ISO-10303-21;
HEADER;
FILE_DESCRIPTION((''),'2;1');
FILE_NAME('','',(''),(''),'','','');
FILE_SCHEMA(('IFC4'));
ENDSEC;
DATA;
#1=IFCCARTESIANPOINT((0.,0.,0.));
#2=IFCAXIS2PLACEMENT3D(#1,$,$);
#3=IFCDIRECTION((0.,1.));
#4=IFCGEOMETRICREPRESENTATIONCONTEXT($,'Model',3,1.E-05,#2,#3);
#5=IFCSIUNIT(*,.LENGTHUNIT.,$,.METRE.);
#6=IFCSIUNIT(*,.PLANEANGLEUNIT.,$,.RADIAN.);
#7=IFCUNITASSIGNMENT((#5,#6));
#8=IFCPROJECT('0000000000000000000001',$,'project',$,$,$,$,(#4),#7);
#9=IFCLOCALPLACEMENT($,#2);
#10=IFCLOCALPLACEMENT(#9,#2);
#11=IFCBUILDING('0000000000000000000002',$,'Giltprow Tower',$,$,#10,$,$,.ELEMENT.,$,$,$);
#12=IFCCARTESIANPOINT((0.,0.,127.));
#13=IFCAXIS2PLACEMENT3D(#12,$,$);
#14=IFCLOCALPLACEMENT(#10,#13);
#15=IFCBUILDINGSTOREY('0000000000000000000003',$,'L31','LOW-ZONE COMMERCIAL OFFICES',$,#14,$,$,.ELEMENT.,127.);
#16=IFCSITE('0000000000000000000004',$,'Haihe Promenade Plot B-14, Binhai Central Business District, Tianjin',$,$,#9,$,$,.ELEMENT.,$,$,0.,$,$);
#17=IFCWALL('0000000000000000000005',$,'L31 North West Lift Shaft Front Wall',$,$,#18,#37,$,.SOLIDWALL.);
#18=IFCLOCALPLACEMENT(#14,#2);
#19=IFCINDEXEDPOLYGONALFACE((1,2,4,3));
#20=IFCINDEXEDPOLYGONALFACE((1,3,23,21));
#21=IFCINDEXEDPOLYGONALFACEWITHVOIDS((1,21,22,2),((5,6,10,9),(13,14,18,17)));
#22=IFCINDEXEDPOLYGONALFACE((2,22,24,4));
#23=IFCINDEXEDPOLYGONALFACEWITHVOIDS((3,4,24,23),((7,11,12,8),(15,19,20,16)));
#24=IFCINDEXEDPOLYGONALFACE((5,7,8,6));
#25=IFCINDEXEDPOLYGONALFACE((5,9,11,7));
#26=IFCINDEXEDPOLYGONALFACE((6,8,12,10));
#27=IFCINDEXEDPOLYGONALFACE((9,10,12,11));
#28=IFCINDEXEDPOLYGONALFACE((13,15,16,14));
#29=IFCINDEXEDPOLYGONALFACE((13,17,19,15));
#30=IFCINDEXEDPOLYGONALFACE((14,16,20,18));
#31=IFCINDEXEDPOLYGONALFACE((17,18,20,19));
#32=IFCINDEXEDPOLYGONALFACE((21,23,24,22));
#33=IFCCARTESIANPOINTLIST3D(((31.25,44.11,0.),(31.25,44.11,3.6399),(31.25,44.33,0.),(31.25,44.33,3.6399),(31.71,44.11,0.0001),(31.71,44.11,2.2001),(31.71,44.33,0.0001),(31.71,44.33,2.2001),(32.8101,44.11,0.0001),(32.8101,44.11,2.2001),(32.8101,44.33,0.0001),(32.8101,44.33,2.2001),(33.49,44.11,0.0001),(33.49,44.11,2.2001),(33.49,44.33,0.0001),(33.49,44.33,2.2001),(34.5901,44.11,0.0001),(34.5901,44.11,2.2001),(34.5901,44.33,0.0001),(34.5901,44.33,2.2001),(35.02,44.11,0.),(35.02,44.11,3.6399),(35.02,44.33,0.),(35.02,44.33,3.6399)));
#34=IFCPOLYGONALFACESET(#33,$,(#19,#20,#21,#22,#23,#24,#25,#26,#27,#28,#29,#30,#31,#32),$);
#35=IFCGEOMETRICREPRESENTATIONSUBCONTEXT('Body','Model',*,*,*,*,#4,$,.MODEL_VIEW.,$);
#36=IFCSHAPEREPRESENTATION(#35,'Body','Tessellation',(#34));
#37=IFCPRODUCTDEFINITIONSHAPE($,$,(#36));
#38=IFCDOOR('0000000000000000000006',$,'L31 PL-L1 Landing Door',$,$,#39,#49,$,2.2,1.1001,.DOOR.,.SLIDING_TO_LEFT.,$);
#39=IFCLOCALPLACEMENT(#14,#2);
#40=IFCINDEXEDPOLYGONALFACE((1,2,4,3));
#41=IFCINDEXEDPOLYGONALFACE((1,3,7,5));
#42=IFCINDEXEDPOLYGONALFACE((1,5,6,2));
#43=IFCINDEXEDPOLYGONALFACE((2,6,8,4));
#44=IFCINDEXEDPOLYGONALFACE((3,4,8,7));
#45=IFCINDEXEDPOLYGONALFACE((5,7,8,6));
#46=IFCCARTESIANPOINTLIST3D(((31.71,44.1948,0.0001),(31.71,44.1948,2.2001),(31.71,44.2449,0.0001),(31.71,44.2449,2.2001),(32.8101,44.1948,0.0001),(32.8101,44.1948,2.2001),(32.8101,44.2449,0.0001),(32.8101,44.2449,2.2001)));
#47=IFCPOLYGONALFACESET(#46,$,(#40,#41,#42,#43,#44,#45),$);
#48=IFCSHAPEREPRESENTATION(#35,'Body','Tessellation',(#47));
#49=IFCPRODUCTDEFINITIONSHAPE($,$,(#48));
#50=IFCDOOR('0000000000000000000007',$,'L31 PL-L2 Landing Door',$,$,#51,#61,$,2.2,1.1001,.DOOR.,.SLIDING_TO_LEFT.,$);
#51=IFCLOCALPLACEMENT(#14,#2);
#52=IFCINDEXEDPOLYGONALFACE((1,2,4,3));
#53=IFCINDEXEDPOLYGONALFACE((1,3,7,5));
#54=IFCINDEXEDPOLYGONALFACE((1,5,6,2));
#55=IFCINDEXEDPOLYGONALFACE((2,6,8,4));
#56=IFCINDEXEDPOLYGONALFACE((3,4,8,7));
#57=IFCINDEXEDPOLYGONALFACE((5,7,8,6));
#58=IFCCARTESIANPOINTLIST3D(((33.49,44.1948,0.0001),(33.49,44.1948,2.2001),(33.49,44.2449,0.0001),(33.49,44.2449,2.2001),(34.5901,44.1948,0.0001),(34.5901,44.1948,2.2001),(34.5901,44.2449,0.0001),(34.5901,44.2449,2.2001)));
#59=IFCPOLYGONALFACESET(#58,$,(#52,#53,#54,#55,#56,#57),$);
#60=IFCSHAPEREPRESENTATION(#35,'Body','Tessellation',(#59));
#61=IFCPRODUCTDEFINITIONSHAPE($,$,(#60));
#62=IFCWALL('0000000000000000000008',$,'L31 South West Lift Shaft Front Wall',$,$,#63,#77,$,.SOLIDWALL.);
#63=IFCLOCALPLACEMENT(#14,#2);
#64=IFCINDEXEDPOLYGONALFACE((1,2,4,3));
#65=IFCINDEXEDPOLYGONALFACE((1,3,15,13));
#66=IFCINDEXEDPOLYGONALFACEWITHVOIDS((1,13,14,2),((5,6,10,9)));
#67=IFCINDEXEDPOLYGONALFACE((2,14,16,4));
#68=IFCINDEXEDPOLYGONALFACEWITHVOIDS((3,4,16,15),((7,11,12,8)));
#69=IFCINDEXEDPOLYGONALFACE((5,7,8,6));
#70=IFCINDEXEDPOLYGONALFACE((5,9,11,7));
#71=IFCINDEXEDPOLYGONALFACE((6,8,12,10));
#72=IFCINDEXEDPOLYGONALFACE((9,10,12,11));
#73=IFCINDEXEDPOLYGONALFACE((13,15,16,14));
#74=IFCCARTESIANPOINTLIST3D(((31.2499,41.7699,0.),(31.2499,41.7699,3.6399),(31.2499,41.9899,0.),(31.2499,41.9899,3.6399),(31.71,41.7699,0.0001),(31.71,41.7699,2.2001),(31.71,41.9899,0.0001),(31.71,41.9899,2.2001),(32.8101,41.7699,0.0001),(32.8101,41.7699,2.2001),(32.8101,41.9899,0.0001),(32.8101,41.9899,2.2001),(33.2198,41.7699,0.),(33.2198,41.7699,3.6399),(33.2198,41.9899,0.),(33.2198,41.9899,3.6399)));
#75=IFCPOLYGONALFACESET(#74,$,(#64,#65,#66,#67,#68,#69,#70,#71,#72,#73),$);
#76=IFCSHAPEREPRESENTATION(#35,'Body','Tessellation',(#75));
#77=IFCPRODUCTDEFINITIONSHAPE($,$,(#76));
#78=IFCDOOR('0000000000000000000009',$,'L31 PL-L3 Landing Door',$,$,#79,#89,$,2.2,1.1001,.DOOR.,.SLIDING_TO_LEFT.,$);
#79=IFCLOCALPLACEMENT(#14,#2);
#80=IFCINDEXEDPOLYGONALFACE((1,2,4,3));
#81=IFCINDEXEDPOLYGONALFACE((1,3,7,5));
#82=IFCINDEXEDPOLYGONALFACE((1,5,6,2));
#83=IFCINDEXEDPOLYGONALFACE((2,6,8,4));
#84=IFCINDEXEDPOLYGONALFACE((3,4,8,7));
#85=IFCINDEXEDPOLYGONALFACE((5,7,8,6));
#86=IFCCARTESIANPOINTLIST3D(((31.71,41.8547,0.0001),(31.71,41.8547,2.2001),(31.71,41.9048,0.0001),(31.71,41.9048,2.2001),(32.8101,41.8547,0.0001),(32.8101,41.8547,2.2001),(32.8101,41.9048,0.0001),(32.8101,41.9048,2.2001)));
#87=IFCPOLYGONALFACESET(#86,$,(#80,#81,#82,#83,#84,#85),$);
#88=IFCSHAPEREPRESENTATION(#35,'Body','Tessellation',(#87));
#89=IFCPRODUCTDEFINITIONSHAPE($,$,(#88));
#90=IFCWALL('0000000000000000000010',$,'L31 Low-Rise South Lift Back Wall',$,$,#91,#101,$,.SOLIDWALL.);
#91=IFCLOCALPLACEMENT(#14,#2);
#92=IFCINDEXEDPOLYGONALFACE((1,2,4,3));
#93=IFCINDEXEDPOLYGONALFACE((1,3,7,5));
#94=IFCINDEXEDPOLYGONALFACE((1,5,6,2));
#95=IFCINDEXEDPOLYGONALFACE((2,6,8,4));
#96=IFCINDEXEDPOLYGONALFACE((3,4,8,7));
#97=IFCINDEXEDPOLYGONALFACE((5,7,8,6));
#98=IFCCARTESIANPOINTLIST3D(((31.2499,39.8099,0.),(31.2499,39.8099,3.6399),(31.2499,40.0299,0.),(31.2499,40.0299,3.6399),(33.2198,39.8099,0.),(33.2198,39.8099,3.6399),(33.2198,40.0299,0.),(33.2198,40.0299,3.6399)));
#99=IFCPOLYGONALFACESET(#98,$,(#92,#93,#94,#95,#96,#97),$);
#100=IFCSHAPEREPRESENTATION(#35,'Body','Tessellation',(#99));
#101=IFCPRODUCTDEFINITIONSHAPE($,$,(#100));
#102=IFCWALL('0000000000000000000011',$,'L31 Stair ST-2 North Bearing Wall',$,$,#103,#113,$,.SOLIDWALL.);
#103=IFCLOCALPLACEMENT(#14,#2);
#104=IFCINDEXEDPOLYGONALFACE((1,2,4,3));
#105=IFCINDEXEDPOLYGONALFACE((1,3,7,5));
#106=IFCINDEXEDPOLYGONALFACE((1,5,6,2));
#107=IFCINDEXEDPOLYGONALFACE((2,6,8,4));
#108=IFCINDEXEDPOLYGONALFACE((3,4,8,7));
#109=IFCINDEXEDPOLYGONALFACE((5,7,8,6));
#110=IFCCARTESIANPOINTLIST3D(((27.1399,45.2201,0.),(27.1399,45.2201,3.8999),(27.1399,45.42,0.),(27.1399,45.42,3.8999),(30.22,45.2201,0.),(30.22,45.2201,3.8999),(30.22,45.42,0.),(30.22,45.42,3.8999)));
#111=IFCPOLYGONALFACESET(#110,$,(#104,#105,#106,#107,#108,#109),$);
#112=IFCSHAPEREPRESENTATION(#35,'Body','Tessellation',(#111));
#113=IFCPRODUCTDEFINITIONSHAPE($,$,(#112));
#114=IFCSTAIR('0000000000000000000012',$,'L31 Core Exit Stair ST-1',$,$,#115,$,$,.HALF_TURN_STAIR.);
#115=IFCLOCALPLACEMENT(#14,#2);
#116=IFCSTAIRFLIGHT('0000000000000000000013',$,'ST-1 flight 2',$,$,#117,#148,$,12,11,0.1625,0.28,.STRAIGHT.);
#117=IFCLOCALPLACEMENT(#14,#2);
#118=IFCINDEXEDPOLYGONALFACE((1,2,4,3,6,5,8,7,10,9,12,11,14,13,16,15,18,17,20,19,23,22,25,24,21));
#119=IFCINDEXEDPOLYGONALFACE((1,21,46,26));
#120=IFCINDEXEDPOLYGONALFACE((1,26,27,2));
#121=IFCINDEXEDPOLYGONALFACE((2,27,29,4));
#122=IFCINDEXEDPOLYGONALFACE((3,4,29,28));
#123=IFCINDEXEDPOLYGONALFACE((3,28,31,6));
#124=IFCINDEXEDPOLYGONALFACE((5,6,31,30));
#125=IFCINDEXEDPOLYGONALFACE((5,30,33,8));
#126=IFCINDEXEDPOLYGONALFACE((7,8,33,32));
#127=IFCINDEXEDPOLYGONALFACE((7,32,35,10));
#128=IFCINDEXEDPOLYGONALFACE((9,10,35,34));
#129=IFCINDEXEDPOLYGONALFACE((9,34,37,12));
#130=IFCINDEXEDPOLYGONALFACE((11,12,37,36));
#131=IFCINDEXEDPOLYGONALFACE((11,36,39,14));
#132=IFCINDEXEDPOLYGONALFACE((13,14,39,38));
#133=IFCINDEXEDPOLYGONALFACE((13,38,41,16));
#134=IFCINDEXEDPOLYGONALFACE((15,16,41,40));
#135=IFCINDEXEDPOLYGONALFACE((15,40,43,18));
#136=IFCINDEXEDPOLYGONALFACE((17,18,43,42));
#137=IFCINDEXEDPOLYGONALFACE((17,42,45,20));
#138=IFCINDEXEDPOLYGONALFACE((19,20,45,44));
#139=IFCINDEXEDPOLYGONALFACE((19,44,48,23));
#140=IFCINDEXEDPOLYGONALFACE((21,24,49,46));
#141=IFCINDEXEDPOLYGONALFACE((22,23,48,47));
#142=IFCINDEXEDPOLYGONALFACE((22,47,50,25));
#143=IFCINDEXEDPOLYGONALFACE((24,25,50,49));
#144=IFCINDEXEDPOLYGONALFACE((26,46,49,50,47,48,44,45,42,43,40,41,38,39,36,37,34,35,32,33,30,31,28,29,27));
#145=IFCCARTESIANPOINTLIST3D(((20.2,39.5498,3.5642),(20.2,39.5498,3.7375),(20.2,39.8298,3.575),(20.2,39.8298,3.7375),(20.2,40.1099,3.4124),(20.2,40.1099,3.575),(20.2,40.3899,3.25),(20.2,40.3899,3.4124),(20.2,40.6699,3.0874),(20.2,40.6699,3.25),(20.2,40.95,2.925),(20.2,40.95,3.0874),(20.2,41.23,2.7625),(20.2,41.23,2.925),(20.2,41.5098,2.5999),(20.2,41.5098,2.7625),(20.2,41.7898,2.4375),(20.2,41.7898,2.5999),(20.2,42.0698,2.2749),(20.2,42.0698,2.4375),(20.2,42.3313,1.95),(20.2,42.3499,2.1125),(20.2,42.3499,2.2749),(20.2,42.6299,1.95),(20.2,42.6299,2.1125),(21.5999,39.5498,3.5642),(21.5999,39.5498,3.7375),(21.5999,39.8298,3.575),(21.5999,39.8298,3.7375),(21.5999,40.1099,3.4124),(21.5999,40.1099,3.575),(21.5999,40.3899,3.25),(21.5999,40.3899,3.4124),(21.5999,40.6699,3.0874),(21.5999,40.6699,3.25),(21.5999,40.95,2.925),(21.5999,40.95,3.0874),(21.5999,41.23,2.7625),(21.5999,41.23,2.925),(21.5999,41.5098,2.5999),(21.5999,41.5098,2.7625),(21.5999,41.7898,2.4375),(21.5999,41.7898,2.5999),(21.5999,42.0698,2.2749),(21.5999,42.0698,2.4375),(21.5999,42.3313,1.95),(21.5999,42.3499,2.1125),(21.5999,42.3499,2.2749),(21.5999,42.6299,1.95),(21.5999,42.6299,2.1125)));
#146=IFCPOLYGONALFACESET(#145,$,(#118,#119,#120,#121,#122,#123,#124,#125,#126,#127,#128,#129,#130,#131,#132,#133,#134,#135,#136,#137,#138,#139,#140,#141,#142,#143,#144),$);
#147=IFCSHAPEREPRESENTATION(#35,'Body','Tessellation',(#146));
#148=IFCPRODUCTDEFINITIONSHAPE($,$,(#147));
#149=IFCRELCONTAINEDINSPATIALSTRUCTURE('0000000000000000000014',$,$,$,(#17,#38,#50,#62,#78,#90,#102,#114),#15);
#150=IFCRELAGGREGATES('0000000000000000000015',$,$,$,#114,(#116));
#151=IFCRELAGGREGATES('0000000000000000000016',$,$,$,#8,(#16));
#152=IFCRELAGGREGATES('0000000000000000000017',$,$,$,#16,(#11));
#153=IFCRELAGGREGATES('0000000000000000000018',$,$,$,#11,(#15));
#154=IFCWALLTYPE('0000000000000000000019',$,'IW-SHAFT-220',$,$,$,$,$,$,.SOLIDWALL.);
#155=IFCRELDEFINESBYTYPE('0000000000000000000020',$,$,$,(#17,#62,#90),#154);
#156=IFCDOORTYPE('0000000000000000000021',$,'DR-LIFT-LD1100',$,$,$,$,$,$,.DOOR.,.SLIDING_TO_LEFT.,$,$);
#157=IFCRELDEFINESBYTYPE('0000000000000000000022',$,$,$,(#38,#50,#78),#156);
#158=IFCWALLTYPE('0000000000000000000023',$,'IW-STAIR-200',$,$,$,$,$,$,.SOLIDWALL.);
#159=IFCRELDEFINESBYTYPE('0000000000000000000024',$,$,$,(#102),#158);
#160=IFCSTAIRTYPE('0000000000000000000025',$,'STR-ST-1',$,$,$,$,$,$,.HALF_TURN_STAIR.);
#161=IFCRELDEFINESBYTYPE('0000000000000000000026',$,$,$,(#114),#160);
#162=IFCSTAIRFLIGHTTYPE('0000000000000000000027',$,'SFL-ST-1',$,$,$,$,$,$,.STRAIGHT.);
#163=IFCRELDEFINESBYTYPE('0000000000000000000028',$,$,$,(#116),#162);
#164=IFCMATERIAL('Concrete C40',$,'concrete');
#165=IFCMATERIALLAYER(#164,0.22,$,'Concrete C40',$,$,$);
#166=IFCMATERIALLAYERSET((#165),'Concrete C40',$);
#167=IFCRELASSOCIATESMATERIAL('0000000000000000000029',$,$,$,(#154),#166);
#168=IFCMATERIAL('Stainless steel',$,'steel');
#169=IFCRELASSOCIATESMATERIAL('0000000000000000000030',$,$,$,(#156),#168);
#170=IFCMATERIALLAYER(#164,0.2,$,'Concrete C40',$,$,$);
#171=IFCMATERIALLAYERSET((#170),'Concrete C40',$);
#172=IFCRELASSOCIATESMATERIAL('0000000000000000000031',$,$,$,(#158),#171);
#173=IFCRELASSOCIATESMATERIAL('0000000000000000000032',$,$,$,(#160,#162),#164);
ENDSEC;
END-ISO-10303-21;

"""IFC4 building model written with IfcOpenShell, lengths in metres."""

from ifc_helpers import new_model, si_unit, direction, frame, frame_2d, origin, place, context, subcontext, project, spatial, polyline, rectangle, outline, extrude, source, transform, mapped, material, layer, layer_set, type_object, element, fill, aggregate, save


model = new_model("IFC4")

# Units and contexts
model_context = context("Model", 3, precision=1e-05, world=origin(), true_north=direction((0.0, 1.0)))
body_context = subcontext(model_context, "Body", "Model", "MODEL_VIEW")
ifc_project = project(units=[si_unit("LENGTHUNIT", "METRE"), si_unit("PLANEANGLEUNIT", "RADIAN")], contexts=[model_context])

# Site, building, storey
site_placement = place(None, origin())
site = spatial("IfcSite", under=ifc_project, at=site_placement, Name="Haihe Promenade Plot B-14, Binhai Central Business District, Tianjin", CompositionType="ELEMENT", RefElevation=0.0)
building_placement = place(site_placement, origin())
building = spatial("IfcBuilding", under=site, at=building_placement, Name="Giltprow Tower", CompositionType="ELEMENT")
storey_placement = place(building_placement, frame((0.0, 0.0, 127.0)))
storey = spatial("IfcBuildingStorey", under=building, at=storey_placement, Name="L31", Description="LOW-ZONE COMMERCIAL OFFICES", CompositionType="ELEMENT", Elevation=127.0)

# Shared definitions
ifc_material_1 = material(Name="Concrete C40", Category="concrete")
ifc_layer_1 = layer(ifc_material_1, 0.22, Name="Concrete C40")
ifc_layer_set_1 = layer_set([ifc_layer_1], Name="Concrete C40")
wall_type_1 = type_object("IfcWallType", Name="IW-SHAFT-220", PredefinedType="SOLIDWALL", material=ifc_layer_set_1)
ifc_material_2 = material(Name="Stainless steel", Category="steel")
door_type = type_object("IfcDoorType", Name="DR-LIFT-LD1100", OperationType="SLIDING_TO_LEFT", PredefinedType="DOOR", material=ifc_material_2)
shared_shape_1 = source(origin(), body_context, "Body", "SweptSolid", [
    extrude(rectangle(XDim=1.1001, YDim=2.2, at=frame_2d((0.55, 1.1001))), frame((0.0, 0.0249, 0.0), z_axis=(0.0, -1.0, 0.0), x_axis=(1.0, 0.0, 0.0)), (0.0, 0.0, 1.0), 0.05),
])

# Wall, openings, doors
wall_1_placement = place(storey_placement, frame((31.25, 44.22, 0.0), z_axis=(0.0, 0.0, 1.0), x_axis=(1.0, 0.0, 0.0)))
wall_1 = element("IfcWall", 1, at=wall_1_placement, inside=storey, type_object=wall_type_1, Name="L31 North West Lift Shaft Front Wall", PredefinedType="SOLIDWALL", context=body_context, shape_type="SweptSolid", body=[
    extrude(rectangle(XDim=3.77, YDim=0.22, at=frame_2d((1.885, 0.0))), origin(), (0.0, 0.0, 1.0), 3.6399),
])
opening_1_placement = place(wall_1_placement, frame((0.46, 0.0, 0.0)))
opening_1 = element("IfcOpeningElement", 2, at=opening_1_placement, cuts=wall_1, PredefinedType="OPENING", context=body_context, shape_type="SweptSolid", body=[
    extrude(rectangle(XDim=1.1001, YDim=2.2, at=frame_2d((0.55, 1.1001))), frame((0.0, 0.1199, 0.0), z_axis=(0.0, -1.0, 0.0), x_axis=(1.0, 0.0, 0.0)), (0.0, 0.0, 1.0), 0.24),
])
opening_2_placement = place(wall_1_placement, frame((2.24, 0.0, 0.0)))
opening_2 = element("IfcOpeningElement", 3, at=opening_2_placement, cuts=wall_1, PredefinedType="OPENING", context=body_context, shape_type="SweptSolid", body=[
    extrude(rectangle(XDim=1.1001, YDim=2.2, at=frame_2d((0.55, 1.1001))), frame((0.0, 0.1199, 0.0), z_axis=(0.0, -1.0, 0.0), x_axis=(1.0, 0.0, 0.0)), (0.0, 0.0, 1.0), 0.24),
])
door_1_placement = place(opening_1_placement, origin())
door_1 = element("IfcDoor", 4, at=door_1_placement, inside=storey, type_object=door_type, Name="L31 PL-L1 Landing Door", OperationType="SLIDING_TO_LEFT", OverallHeight=2.2, OverallWidth=1.1001, PredefinedType="DOOR", context=body_context, shape_type="MappedRepresentation", body=[
    mapped(shared_shape_1, transform((0.0, 0.0, 0.0), x_axis=(1.0, 0.0, 0.0), y_axis=(0.0, 1.0, 0.0), z_axis=(0.0, 0.0, 1.0), scale=1.0)),
])
fill(opening_1, door_1)
door_2_placement = place(opening_2_placement, origin())
door_2 = element("IfcDoor", 5, at=door_2_placement, inside=storey, type_object=door_type, Name="L31 PL-L2 Landing Door", OperationType="SLIDING_TO_LEFT", OverallHeight=2.2, OverallWidth=1.1001, PredefinedType="DOOR", context=body_context, shape_type="MappedRepresentation", body=[
    mapped(shared_shape_1, transform((0.0, 0.0, 0.0), x_axis=(1.0, 0.0, 0.0), y_axis=(0.0, 1.0, 0.0), z_axis=(0.0, 0.0, 1.0), scale=1.0)),
])
fill(opening_2, door_2)

# Wall, opening, door
wall_2_placement = place(storey_placement, frame((31.25, 41.8799, 0.0), z_axis=(0.0, 0.0, 1.0), x_axis=(1.0, 0.0, 0.0)))
wall_2 = element("IfcWall", 6, at=wall_2_placement, inside=storey, type_object=wall_type_1, Name="L31 South West Lift Shaft Front Wall", PredefinedType="SOLIDWALL", context=body_context, shape_type="SweptSolid", body=[
    extrude(rectangle(XDim=1.97, YDim=0.22, at=frame_2d((0.9849, 0.0))), origin(), (0.0, 0.0, 1.0), 3.6399),
])
opening_3_placement = place(wall_2_placement, frame((0.46, 0.0, 0.0)))
opening_3 = element("IfcOpeningElement", 7, at=opening_3_placement, cuts=wall_2, PredefinedType="OPENING", context=body_context, shape_type="SweptSolid", body=[
    extrude(rectangle(XDim=1.1001, YDim=2.2, at=frame_2d((0.55, 1.1001))), frame((0.0, 0.1199, 0.0), z_axis=(0.0, -1.0, 0.0), x_axis=(1.0, 0.0, 0.0)), (0.0, 0.0, 1.0), 0.24),
])
door_3_placement = place(opening_3_placement, origin())
door_3 = element("IfcDoor", 8, at=door_3_placement, inside=storey, type_object=door_type, Name="L31 PL-L3 Landing Door", OperationType="SLIDING_TO_LEFT", OverallHeight=2.2, OverallWidth=1.1001, PredefinedType="DOOR", context=body_context, shape_type="MappedRepresentation", body=[
    mapped(shared_shape_1, transform((0.0, 0.0, 0.0), x_axis=(1.0, 0.0, 0.0), y_axis=(0.0, 1.0, 0.0), z_axis=(0.0, 0.0, 1.0), scale=1.0)),
])
fill(opening_3, door_3)

# Walls
wall_3_placement = place(storey_placement, frame((31.25, 39.9199, 0.0), z_axis=(0.0, 0.0, 1.0), x_axis=(1.0, 0.0, 0.0)))
element("IfcWall", 9, at=wall_3_placement, inside=storey, type_object=wall_type_1, Name="L31 Low-Rise South Lift Back Wall", PredefinedType="SOLIDWALL", context=body_context, shape_type="SweptSolid", body=[
    extrude(rectangle(XDim=1.97, YDim=0.22, at=frame_2d((0.9849, 0.0))), origin(), (0.0, 0.0, 1.0), 3.6399),
])
ifc_layer_2 = layer(ifc_material_1, 0.2, Name="Concrete C40")
ifc_layer_set_2 = layer_set([ifc_layer_2], Name="Concrete C40")
wall_type_2 = type_object("IfcWallType", Name="IW-STAIR-200", PredefinedType="SOLIDWALL", material=ifc_layer_set_2)
wall_4_placement = place(storey_placement, frame((27.1399, 45.3201, 0.0), z_axis=(0.0, 0.0, 1.0), x_axis=(1.0, 0.0, 0.0)))
element("IfcWall", 10, at=wall_4_placement, inside=storey, type_object=wall_type_2, Name="L31 Stair ST-2 North Bearing Wall", PredefinedType="SOLIDWALL", context=body_context, shape_type="SweptSolid", body=[
    extrude(rectangle(XDim=3.0801, YDim=0.2, at=frame_2d((1.54, 0.0))), origin(), (0.0, 0.0, 1.0), 3.8999),
])

# Stair, stair flight
stair_type_1 = type_object("IfcStairType", Name="STR-ST-1", PredefinedType="HALF_TURN_STAIR", material=ifc_material_1)
stair_1_placement = place(storey_placement, origin())
stair_1 = element("IfcStair", 11, at=stair_1_placement, inside=storey, type_object=stair_type_1, Name="L31 Core Exit Stair ST-1", PredefinedType="HALF_TURN_STAIR")
stair_flight_type_1 = type_object("IfcStairFlightType", Name="SFL-ST-1", PredefinedType="STRAIGHT", material=ifc_material_1)
stair_flight_1_placement = place(storey_placement, frame((20.8999, 42.6299, 1.95), z_axis=(0.0, 0.0, 1.0), x_axis=(0.0, -1.0, 0.0)))
stair_flight_1 = element("IfcStairFlight", 12, at=stair_flight_1_placement, type_object=stair_flight_type_1, Name="ST-1 flight 2", NumberOfRisers=12, NumberOfTreads=11, PredefinedType="STRAIGHT", RiserHeight=0.1625, TreadLength=0.28, context=body_context, shape_type="SweptSolid", body=[
    extrude(outline(polyline([(0.0, 0.0), (0.0, 0.1626), (0.28, 0.1626), (0.28, 0.325), (0.5601, 0.325), (0.5601, 0.4875), (0.8401, 0.4875), (0.8401, 0.6499), (1.1201, 0.6499), (1.1201, 0.8125), (1.3999, 0.8125), (1.3999, 0.9751), (1.6799, 0.9751), (1.6799, 1.1375), (1.96, 1.1375), (1.96, 1.3), (2.24, 1.3), (2.24, 1.4624), (2.52, 1.4624), (2.52, 1.625), (2.8, 1.625), (2.8, 1.7876), (3.0801, 1.7876), (3.0801, 1.95), (3.0801, 1.6143), (0.2986, 0.0), (0.0, 0.0)])), frame((0.0, 0.7, 0.0), z_axis=(0.0, -1.0, 0.0), x_axis=(1.0, 0.0, 0.0)), (0.0, 0.0, 1.0), 1.3999),
])
aggregate(stair_1, [stair_flight_1])

save(model, "model.ifc")
